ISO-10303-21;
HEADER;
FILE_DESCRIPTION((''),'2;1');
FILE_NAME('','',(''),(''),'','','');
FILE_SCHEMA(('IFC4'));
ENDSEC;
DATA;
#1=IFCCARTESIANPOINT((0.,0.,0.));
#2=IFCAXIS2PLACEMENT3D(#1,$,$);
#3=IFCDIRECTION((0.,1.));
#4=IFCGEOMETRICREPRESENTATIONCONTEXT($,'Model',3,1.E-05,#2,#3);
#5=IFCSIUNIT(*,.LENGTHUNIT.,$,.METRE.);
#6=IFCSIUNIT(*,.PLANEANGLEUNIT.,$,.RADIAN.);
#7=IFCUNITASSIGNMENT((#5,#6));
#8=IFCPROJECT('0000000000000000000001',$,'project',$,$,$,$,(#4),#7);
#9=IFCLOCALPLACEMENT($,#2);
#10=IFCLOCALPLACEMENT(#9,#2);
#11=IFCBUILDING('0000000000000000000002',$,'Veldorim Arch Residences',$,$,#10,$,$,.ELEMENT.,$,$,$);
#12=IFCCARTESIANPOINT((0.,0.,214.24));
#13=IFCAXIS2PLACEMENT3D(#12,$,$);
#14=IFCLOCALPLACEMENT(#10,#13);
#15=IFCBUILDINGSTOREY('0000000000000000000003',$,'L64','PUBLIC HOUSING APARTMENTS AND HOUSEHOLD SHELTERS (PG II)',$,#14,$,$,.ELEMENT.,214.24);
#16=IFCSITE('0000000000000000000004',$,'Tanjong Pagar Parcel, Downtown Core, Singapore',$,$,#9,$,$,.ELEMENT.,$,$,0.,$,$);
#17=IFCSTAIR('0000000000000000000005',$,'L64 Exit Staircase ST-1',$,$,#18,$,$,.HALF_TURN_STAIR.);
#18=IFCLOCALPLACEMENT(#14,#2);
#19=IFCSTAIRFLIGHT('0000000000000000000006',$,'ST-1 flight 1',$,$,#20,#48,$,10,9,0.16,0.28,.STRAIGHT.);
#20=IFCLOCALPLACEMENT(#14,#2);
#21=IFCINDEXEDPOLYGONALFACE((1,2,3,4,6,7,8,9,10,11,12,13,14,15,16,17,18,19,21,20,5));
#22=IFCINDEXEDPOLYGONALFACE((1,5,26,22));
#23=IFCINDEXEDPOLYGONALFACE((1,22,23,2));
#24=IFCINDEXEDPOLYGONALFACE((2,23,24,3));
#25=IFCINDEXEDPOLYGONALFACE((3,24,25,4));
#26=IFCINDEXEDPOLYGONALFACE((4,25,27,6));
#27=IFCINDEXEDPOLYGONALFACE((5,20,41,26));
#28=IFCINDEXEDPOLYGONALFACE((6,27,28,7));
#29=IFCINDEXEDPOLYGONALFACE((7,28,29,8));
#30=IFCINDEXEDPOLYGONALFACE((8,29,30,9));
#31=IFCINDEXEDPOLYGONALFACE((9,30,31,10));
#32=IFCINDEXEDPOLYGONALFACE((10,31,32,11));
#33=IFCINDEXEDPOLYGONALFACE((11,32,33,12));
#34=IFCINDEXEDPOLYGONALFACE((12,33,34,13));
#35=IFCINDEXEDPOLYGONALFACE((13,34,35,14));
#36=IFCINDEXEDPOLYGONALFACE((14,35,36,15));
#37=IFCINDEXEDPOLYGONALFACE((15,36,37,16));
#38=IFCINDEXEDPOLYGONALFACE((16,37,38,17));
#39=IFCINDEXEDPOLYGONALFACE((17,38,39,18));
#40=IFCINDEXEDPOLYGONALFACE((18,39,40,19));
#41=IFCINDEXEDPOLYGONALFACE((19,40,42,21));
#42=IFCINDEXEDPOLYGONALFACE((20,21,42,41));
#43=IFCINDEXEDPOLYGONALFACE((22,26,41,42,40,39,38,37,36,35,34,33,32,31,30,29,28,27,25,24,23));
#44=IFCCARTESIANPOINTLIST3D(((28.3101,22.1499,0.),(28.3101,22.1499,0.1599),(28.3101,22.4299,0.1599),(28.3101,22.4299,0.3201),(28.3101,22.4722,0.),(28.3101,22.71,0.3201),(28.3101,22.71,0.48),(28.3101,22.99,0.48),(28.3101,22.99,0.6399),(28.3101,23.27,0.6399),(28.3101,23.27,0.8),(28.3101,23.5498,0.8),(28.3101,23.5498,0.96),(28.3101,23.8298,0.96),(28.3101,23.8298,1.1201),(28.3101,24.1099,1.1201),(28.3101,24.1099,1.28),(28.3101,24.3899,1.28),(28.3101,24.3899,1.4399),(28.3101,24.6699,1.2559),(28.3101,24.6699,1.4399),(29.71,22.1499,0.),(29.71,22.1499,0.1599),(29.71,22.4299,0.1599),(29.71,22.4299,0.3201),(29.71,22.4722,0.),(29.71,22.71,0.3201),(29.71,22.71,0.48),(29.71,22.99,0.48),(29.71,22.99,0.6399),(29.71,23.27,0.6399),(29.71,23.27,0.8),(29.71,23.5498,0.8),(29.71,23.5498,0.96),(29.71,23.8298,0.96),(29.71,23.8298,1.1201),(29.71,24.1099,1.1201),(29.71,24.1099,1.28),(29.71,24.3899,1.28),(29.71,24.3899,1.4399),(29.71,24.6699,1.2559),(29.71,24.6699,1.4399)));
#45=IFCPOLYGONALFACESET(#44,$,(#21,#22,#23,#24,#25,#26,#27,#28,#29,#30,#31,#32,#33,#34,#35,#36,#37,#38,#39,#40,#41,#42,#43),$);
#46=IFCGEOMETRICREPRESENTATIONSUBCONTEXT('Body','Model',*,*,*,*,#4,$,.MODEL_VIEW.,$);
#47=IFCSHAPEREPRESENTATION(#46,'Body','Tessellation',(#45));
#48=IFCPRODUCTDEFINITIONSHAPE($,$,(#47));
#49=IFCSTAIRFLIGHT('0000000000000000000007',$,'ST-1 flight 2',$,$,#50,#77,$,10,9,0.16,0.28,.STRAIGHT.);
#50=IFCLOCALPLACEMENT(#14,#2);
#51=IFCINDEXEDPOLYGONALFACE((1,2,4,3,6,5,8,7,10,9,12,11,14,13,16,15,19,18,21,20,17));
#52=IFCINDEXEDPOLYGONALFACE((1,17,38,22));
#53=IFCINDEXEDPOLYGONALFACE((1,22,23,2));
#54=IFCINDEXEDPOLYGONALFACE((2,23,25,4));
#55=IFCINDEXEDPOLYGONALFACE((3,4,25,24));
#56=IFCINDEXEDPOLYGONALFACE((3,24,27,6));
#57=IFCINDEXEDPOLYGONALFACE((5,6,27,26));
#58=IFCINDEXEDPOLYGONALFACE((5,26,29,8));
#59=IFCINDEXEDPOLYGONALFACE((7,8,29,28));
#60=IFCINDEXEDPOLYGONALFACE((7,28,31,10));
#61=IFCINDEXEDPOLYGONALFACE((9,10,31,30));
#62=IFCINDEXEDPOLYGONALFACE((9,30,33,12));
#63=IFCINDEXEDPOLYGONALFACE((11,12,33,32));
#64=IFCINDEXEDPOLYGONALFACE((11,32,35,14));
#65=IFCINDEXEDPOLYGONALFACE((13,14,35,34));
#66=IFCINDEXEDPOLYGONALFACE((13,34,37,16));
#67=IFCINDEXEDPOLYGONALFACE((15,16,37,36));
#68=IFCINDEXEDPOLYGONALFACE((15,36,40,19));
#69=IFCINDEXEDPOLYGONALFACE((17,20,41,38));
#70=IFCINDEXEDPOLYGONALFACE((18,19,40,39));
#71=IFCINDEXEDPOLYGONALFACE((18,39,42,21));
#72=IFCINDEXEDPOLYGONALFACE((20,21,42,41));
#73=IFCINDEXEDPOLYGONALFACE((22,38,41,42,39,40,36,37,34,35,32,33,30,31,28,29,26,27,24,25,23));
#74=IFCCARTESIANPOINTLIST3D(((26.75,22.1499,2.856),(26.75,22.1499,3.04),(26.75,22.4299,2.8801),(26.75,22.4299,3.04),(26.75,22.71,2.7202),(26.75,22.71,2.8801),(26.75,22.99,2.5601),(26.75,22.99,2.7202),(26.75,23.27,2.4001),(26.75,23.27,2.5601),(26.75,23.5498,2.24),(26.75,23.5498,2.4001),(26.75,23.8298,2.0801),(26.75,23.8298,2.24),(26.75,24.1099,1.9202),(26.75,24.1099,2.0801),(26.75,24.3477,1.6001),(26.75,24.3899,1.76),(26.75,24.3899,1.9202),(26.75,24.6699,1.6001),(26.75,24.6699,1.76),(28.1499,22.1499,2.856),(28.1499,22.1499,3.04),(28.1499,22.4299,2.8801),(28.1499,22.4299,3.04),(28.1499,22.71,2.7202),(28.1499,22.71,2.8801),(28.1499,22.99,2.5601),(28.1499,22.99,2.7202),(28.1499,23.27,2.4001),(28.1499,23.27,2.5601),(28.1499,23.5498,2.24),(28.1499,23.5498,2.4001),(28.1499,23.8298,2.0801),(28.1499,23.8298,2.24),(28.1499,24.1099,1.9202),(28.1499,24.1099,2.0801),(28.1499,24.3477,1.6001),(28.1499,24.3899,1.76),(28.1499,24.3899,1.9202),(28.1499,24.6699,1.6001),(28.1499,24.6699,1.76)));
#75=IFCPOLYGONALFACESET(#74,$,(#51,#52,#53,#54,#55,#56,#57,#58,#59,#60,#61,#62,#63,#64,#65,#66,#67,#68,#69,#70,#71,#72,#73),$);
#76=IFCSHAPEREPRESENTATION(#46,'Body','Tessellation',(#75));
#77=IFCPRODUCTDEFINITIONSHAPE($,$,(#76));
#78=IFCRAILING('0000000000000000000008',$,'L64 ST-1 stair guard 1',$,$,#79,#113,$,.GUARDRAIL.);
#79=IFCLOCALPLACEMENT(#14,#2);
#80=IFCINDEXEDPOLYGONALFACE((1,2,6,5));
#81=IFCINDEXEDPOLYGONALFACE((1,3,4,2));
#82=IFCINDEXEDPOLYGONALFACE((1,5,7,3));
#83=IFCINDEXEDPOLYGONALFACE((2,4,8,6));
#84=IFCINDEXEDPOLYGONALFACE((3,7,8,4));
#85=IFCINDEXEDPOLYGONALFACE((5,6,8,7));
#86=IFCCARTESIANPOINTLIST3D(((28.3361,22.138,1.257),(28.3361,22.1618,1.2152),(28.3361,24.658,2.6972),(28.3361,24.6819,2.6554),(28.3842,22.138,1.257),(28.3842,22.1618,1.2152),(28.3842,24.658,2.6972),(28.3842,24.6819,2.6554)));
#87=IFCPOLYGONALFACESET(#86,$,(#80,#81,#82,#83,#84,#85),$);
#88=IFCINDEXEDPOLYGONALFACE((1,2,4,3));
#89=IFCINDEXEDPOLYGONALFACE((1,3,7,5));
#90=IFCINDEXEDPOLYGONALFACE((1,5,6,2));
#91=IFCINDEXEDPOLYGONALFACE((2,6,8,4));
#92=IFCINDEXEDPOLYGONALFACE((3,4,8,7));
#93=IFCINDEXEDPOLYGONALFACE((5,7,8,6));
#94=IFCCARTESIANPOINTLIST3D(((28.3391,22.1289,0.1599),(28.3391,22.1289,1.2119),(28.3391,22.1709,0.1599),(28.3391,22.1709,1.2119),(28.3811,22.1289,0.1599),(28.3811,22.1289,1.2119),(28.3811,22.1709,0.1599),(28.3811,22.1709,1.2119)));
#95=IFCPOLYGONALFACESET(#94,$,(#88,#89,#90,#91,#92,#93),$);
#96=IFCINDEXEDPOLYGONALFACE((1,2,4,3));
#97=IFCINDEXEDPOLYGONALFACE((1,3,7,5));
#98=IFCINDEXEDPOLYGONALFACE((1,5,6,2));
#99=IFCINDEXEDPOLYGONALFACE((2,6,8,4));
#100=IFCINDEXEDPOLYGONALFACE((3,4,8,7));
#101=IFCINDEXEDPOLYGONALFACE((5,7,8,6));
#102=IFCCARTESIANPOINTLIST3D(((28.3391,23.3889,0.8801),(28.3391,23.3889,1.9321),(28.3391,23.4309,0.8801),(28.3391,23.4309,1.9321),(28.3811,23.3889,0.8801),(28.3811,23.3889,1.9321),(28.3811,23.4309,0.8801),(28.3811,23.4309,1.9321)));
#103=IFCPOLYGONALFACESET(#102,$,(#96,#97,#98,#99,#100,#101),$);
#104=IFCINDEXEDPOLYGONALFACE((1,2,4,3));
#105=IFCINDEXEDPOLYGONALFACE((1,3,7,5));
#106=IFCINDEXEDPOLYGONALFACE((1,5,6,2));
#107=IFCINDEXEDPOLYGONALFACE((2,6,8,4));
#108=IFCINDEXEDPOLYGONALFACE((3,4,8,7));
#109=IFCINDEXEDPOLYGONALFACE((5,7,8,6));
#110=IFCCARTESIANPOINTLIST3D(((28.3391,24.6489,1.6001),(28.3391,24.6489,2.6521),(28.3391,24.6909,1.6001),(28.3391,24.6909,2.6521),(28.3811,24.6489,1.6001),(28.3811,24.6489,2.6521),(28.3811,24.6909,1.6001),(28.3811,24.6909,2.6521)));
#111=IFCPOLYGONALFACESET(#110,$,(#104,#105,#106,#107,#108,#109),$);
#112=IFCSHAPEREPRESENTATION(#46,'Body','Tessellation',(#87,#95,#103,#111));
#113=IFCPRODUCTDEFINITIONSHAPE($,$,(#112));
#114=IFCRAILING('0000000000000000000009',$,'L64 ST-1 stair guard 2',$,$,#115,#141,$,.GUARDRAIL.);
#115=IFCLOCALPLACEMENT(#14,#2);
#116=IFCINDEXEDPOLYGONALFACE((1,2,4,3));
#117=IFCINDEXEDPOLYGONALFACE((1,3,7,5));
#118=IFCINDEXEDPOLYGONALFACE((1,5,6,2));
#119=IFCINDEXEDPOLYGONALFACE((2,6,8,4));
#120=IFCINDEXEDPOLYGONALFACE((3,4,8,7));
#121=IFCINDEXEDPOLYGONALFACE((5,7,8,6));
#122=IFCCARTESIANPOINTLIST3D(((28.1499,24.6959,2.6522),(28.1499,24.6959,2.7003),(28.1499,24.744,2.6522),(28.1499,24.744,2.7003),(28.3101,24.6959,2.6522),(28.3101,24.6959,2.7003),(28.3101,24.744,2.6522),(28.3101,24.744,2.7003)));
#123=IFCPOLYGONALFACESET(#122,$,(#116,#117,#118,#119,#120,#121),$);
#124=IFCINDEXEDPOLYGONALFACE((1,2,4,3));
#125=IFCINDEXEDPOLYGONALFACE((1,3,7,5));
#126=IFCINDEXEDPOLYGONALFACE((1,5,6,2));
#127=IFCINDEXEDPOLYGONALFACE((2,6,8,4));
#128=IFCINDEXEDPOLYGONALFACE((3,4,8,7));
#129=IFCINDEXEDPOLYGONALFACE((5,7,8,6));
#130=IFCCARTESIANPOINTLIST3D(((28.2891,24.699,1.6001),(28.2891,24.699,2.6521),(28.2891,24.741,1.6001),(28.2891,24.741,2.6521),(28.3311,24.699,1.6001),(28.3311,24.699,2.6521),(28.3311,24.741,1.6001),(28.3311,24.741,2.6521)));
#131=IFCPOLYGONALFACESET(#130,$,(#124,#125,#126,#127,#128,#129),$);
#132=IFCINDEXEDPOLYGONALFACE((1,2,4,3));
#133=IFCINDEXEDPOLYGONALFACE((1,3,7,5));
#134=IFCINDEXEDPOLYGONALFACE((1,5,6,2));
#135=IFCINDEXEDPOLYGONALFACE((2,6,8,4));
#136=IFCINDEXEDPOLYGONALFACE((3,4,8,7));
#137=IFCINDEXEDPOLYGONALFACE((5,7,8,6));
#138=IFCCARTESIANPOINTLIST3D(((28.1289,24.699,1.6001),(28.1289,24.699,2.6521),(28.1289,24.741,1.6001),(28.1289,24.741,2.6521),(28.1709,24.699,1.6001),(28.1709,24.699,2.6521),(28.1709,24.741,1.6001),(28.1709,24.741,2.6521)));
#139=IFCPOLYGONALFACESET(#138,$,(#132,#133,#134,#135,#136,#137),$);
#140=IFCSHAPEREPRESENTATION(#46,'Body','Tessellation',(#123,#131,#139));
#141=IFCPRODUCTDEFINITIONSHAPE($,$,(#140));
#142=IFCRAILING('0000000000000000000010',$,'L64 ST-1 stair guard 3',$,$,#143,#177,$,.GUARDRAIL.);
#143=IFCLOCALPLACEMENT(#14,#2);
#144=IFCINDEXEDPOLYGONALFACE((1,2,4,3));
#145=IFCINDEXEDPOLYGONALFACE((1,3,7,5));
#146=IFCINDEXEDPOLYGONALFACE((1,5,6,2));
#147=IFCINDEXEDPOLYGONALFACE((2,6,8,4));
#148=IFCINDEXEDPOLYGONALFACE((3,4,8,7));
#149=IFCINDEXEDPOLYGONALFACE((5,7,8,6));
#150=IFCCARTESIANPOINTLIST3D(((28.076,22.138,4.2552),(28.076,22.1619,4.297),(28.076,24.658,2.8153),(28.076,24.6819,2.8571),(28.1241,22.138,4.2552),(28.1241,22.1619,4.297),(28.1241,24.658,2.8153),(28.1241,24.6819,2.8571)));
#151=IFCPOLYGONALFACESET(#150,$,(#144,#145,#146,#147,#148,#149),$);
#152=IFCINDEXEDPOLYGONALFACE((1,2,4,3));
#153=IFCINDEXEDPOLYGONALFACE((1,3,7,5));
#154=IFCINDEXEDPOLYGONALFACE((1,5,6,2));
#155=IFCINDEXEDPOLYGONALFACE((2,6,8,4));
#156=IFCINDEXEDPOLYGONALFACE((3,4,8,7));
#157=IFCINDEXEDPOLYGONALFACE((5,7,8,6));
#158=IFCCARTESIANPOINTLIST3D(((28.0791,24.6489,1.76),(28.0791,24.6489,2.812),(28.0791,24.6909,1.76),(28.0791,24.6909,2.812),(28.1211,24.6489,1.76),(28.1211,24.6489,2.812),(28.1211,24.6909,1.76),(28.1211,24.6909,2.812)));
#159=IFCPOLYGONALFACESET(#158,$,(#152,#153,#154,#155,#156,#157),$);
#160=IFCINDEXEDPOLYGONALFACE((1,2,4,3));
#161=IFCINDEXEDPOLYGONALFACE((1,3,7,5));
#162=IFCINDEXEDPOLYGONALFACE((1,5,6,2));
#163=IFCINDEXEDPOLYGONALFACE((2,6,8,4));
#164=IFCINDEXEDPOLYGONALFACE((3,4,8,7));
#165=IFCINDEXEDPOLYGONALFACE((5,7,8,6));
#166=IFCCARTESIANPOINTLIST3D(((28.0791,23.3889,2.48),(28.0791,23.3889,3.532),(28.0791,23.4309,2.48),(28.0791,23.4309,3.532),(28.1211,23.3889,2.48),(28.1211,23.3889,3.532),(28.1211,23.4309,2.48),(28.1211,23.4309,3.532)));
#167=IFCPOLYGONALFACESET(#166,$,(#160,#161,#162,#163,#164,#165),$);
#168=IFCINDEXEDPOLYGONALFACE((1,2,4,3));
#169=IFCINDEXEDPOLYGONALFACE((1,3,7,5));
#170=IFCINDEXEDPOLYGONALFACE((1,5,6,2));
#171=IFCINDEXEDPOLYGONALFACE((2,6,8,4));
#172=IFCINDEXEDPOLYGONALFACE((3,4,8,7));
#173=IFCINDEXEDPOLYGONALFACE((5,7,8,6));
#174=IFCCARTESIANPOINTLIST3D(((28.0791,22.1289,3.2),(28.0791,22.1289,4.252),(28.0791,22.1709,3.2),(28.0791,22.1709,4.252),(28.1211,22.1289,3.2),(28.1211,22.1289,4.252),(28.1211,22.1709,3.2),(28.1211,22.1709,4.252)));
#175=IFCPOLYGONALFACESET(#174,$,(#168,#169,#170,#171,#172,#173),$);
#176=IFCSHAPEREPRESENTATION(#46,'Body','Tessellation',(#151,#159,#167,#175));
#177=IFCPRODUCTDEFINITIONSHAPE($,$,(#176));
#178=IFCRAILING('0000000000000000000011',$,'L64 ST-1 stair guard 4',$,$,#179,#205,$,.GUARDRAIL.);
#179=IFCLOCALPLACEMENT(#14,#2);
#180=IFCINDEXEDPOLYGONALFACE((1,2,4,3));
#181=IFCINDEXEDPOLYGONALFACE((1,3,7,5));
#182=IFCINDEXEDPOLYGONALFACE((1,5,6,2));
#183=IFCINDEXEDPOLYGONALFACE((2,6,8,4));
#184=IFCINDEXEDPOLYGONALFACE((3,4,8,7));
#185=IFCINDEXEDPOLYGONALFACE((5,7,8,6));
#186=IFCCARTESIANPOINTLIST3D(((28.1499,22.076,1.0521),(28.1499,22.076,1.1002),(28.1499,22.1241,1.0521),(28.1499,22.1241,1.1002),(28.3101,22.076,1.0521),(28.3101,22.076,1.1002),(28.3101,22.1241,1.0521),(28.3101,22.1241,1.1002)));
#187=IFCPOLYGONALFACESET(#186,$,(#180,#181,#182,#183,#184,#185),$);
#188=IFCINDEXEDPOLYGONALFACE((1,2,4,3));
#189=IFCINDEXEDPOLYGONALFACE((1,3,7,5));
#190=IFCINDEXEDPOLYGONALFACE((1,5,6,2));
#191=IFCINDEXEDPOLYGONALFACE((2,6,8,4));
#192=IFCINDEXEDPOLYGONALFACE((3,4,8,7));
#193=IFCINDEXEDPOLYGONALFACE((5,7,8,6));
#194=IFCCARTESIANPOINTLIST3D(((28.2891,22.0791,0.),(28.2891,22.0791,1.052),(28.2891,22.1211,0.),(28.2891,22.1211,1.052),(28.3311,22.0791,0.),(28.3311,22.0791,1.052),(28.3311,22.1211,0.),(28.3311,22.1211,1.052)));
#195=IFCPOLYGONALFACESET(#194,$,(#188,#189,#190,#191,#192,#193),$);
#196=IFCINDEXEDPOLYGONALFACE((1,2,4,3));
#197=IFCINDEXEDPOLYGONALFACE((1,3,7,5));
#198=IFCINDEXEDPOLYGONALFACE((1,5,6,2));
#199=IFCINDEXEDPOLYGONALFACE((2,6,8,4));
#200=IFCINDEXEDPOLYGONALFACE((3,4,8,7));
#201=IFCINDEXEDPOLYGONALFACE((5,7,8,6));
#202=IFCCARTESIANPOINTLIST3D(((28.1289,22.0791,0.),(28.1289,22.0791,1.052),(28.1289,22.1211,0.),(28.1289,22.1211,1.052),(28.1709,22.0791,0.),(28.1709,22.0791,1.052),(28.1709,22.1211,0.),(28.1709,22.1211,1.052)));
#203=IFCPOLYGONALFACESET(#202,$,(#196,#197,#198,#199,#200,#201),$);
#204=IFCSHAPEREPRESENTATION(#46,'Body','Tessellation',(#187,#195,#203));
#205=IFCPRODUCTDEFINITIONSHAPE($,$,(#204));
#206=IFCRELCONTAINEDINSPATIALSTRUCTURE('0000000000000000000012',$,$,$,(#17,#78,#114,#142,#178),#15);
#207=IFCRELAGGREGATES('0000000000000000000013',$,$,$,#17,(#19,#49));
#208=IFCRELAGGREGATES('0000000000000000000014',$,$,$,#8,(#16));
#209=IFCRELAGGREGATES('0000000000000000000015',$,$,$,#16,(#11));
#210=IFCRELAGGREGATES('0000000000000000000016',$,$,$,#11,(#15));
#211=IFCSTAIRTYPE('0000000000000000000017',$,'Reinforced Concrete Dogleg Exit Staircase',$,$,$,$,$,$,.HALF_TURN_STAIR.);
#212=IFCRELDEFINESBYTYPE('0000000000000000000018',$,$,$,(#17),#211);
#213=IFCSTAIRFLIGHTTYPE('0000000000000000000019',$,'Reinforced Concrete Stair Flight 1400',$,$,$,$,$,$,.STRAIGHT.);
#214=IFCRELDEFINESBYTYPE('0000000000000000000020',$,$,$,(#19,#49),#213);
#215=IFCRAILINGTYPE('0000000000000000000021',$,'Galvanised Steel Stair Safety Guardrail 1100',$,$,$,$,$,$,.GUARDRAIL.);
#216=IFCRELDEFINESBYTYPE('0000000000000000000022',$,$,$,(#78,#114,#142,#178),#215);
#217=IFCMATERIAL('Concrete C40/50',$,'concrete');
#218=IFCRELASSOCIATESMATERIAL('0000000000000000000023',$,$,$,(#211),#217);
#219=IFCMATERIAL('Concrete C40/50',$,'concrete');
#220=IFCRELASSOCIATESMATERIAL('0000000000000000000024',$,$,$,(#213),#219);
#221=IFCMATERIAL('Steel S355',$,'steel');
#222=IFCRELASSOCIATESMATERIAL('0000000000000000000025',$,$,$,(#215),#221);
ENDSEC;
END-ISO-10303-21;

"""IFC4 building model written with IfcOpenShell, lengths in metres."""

from ifc_helpers import new_model, si_unit, direction, frame, origin, origin_2d, place, context, subcontext, project, spatial, polyline, rectangle, outline, extrude, material, type_object, element, aggregate, save


model = new_model("IFC4")

# Units and contexts
model_context = context("Model", 3, precision=1e-05, world=origin(), true_north=direction((0.0, 1.0)))
body_context = subcontext(model_context, "Body", "Model", "MODEL_VIEW")
ifc_project = project(units=[si_unit("LENGTHUNIT", "METRE"), si_unit("PLANEANGLEUNIT", "RADIAN")], contexts=[model_context])

# Site, building, storey
site_placement = place(None, origin())
site = spatial("IfcSite", under=ifc_project, at=site_placement, Name="Tanjong Pagar Parcel, Downtown Core, Singapore", CompositionType="ELEMENT", RefElevation=0.0)
building_placement = place(site_placement, origin())
building = spatial("IfcBuilding", under=site, at=building_placement, Name="Veldorim Arch Residences", CompositionType="ELEMENT")
storey_placement = place(building_placement, frame((0.0, 0.0, 214.24)))
storey = spatial("IfcBuildingStorey", under=building, at=storey_placement, Name="L64", Description="PUBLIC HOUSING APARTMENTS AND HOUSEHOLD SHELTERS (PG II)", CompositionType="ELEMENT", Elevation=214.24)

# Stair, stair flights
ifc_material_1 = material(Name="Concrete C40/50", Category="concrete")
stair_type = type_object("IfcStairType", Name="Reinforced Concrete Dogleg Exit Staircase", PredefinedType="HALF_TURN_STAIR", material=ifc_material_1)
stair_placement = place(storey_placement, origin())
stair = element("IfcStair", 1, at=stair_placement, inside=storey, type_object=stair_type, Name="L64 Exit Staircase ST-1", PredefinedType="HALF_TURN_STAIR")
ifc_material_2 = material(Name="Concrete C40/50", Category="concrete")
stair_flight_type = type_object("IfcStairFlightType", Name="Reinforced Concrete Stair Flight 1400", PredefinedType="STRAIGHT", material=ifc_material_2)
stair_flight_1_placement = place(storey_placement, frame((29.01, 22.1499, 0.0), z_axis=(0.0, 0.0, 1.0), x_axis=(0.0, 1.0, 0.0)))
stair_flight_1 = element("IfcStairFlight", 2, at=stair_flight_1_placement, type_object=stair_flight_type, Name="ST-1 flight 1", NumberOfRisers=10, NumberOfTreads=9, PredefinedType="STRAIGHT", RiserHeight=0.16, TreadLength=0.28, context=body_context, shape_type="SweptSolid", body=[
    extrude(outline(polyline([(0.0, 0.0), (0.0, 0.1599), (0.28, 0.1599), (0.28, 0.3201), (0.5601, 0.3201), (0.5601, 0.48), (0.8401, 0.48), (0.8401, 0.6399), (1.1201, 0.6399), (1.1201, 0.8), (1.3999, 0.8), (1.3999, 0.96), (1.6799, 0.96), (1.6799, 1.1201), (1.96, 1.1201), (1.96, 1.28), (2.24, 1.28), (2.24, 1.4399), (2.52, 1.4399), (2.52, 1.6001), (2.52, 1.2559), (0.3223, 0.0), (0.0, 0.0)])), frame((0.0, 0.7, 0.0), z_axis=(0.0, -1.0, 0.0), x_axis=(1.0, 0.0, 0.0)), (0.0, 0.0, 1.0), 1.3999),
])
stair_flight_2_placement = place(storey_placement, frame((27.45, 24.6699, 1.6001), z_axis=(0.0, 0.0, 1.0), x_axis=(0.0, -1.0, 0.0)))
stair_flight_2 = element("IfcStairFlight", 3, at=stair_flight_2_placement, type_object=stair_flight_type, Name="ST-1 flight 2", NumberOfRisers=10, NumberOfTreads=9, PredefinedType="STRAIGHT", RiserHeight=0.16, TreadLength=0.28, context=body_context, shape_type="SweptSolid", body=[
    extrude(outline(polyline([(0.0, 0.0), (0.0, 0.1599), (0.28, 0.1599), (0.28, 0.3201), (0.5601, 0.3201), (0.5601, 0.48), (0.8401, 0.48), (0.8401, 0.6399), (1.1201, 0.6399), (1.1201, 0.8), (1.3999, 0.8), (1.3999, 0.96), (1.6799, 0.96), (1.6799, 1.1201), (1.96, 1.1201), (1.96, 1.28), (2.24, 1.28), (2.24, 1.4399), (2.52, 1.4399), (2.52, 1.6001), (2.52, 1.2559), (0.3223, 0.0), (0.0, 0.0)])), frame((0.0, 0.7, 0.0), z_axis=(0.0, -1.0, 0.0), x_axis=(1.0, 0.0, 0.0)), (0.0, 0.0, 1.0), 1.3999),
])
aggregate(stair, [stair_flight_1, stair_flight_2])

# Railings
ifc_material_3 = material(Name="Steel S355", Category="steel")
railing_type_1 = type_object("IfcRailingType", Name="Galvanised Steel Stair Safety Guardrail 1100", PredefinedType="GUARDRAIL", material=ifc_material_3)
railing_1_placement = place(storey_placement, frame((28.3601, 22.1499, 0.1599)))
element("IfcRailing", 4, at=railing_1_placement, inside=storey, type_object=railing_type_1, Name="L64 ST-1 stair guard 1", PredefinedType="GUARDRAIL", context=body_context, shape_type="SweptSolid", body=[
    extrude(rectangle(XDim=0.0481, YDim=0.0481, at=origin_2d()), frame((0.0, 0.0, 1.0762), z_axis=(0.0, 0.868217, 0.496184), x_axis=(-1.0, 0.0, 0.0)), (0.0, 0.0, 1.0), 2.9026),
    extrude(rectangle(XDim=0.042, YDim=0.042, at=origin_2d()), origin(), (0.0, 0.0, 1.0), 1.052),
    extrude(rectangle(XDim=0.042, YDim=0.042, at=origin_2d()), frame((0.0, 1.26, 0.7202)), (0.0, 0.0, 1.0), 1.052),
    extrude(rectangle(XDim=0.042, YDim=0.042, at=origin_2d()), frame((0.0, 2.52, 1.4402)), (0.0, 0.0, 1.0), 1.052),
])
railing_2_placement = place(storey_placement, frame((28.3101, 24.72, 1.6001)))
element("IfcRailing", 5, at=railing_2_placement, inside=storey, type_object=railing_type_1, Name="L64 ST-1 stair guard 2", PredefinedType="GUARDRAIL", context=body_context, shape_type="SweptSolid", body=[
    extrude(rectangle(XDim=0.0481, YDim=0.0481, at=origin_2d()), frame((0.0, 0.0, 1.0762), z_axis=(-1.0, 0.0, 0.0), x_axis=(0.0, -1.0, 0.0)), (0.0, 0.0, 1.0), 0.1602),
    extrude(rectangle(XDim=0.042, YDim=0.042, at=origin_2d()), origin(), (0.0, 0.0, 1.0), 1.052),
    extrude(rectangle(XDim=0.042, YDim=0.042, at=origin_2d()), frame((-0.1602, 0.0, 0.0)), (0.0, 0.0, 1.0), 1.052),
])
railing_3_placement = place(storey_placement, frame((28.1001, 24.6699, 1.76)))
element("IfcRailing", 6, at=railing_3_placement, inside=storey, type_object=railing_type_1, Name="L64 ST-1 stair guard 3", PredefinedType="GUARDRAIL", context=body_context, shape_type="SweptSolid", body=[
    extrude(rectangle(XDim=0.0481, YDim=0.0481, at=origin_2d()), frame((0.0, 0.0, 1.0762), z_axis=(0.0, -0.868253, 0.496121), x_axis=(1.0, 0.0, 0.0)), (0.0, 0.0, 1.0), 2.9023),
    extrude(rectangle(XDim=0.042, YDim=0.042, at=origin_2d()), origin(), (0.0, 0.0, 1.0), 1.052),
    extrude(rectangle(XDim=0.042, YDim=0.042, at=origin_2d()), frame((0.0, -1.26, 0.72)), (0.0, 0.0, 1.0), 1.052),
    extrude(rectangle(XDim=0.042, YDim=0.042, at=origin_2d()), frame((0.0, -2.52, 1.4399)), (0.0, 0.0, 1.0), 1.052),
])
railing_4_placement = place(storey_placement, frame((28.3101, 22.1001, 0.0)))
element("IfcRailing", 7, at=railing_4_placement, inside=storey, type_object=railing_type_1, Name="L64 ST-1 stair guard 4", PredefinedType="GUARDRAIL", context=body_context, shape_type="SweptSolid", body=[
    extrude(rectangle(XDim=0.0481, YDim=0.0481, at=origin_2d()), frame((0.0, 0.0, 1.0762), z_axis=(-1.0, 0.0, 0.0), x_axis=(0.0, -1.0, 0.0)), (0.0, 0.0, 1.0), 0.1602),
    extrude(rectangle(XDim=0.042, YDim=0.042, at=origin_2d()), origin(), (0.0, 0.0, 1.0), 1.052),
    extrude(rectangle(XDim=0.042, YDim=0.042, at=origin_2d()), frame((-0.1602, 0.0, 0.0)), (0.0, 0.0, 1.0), 1.052),
])

save(model, "model.ifc")
